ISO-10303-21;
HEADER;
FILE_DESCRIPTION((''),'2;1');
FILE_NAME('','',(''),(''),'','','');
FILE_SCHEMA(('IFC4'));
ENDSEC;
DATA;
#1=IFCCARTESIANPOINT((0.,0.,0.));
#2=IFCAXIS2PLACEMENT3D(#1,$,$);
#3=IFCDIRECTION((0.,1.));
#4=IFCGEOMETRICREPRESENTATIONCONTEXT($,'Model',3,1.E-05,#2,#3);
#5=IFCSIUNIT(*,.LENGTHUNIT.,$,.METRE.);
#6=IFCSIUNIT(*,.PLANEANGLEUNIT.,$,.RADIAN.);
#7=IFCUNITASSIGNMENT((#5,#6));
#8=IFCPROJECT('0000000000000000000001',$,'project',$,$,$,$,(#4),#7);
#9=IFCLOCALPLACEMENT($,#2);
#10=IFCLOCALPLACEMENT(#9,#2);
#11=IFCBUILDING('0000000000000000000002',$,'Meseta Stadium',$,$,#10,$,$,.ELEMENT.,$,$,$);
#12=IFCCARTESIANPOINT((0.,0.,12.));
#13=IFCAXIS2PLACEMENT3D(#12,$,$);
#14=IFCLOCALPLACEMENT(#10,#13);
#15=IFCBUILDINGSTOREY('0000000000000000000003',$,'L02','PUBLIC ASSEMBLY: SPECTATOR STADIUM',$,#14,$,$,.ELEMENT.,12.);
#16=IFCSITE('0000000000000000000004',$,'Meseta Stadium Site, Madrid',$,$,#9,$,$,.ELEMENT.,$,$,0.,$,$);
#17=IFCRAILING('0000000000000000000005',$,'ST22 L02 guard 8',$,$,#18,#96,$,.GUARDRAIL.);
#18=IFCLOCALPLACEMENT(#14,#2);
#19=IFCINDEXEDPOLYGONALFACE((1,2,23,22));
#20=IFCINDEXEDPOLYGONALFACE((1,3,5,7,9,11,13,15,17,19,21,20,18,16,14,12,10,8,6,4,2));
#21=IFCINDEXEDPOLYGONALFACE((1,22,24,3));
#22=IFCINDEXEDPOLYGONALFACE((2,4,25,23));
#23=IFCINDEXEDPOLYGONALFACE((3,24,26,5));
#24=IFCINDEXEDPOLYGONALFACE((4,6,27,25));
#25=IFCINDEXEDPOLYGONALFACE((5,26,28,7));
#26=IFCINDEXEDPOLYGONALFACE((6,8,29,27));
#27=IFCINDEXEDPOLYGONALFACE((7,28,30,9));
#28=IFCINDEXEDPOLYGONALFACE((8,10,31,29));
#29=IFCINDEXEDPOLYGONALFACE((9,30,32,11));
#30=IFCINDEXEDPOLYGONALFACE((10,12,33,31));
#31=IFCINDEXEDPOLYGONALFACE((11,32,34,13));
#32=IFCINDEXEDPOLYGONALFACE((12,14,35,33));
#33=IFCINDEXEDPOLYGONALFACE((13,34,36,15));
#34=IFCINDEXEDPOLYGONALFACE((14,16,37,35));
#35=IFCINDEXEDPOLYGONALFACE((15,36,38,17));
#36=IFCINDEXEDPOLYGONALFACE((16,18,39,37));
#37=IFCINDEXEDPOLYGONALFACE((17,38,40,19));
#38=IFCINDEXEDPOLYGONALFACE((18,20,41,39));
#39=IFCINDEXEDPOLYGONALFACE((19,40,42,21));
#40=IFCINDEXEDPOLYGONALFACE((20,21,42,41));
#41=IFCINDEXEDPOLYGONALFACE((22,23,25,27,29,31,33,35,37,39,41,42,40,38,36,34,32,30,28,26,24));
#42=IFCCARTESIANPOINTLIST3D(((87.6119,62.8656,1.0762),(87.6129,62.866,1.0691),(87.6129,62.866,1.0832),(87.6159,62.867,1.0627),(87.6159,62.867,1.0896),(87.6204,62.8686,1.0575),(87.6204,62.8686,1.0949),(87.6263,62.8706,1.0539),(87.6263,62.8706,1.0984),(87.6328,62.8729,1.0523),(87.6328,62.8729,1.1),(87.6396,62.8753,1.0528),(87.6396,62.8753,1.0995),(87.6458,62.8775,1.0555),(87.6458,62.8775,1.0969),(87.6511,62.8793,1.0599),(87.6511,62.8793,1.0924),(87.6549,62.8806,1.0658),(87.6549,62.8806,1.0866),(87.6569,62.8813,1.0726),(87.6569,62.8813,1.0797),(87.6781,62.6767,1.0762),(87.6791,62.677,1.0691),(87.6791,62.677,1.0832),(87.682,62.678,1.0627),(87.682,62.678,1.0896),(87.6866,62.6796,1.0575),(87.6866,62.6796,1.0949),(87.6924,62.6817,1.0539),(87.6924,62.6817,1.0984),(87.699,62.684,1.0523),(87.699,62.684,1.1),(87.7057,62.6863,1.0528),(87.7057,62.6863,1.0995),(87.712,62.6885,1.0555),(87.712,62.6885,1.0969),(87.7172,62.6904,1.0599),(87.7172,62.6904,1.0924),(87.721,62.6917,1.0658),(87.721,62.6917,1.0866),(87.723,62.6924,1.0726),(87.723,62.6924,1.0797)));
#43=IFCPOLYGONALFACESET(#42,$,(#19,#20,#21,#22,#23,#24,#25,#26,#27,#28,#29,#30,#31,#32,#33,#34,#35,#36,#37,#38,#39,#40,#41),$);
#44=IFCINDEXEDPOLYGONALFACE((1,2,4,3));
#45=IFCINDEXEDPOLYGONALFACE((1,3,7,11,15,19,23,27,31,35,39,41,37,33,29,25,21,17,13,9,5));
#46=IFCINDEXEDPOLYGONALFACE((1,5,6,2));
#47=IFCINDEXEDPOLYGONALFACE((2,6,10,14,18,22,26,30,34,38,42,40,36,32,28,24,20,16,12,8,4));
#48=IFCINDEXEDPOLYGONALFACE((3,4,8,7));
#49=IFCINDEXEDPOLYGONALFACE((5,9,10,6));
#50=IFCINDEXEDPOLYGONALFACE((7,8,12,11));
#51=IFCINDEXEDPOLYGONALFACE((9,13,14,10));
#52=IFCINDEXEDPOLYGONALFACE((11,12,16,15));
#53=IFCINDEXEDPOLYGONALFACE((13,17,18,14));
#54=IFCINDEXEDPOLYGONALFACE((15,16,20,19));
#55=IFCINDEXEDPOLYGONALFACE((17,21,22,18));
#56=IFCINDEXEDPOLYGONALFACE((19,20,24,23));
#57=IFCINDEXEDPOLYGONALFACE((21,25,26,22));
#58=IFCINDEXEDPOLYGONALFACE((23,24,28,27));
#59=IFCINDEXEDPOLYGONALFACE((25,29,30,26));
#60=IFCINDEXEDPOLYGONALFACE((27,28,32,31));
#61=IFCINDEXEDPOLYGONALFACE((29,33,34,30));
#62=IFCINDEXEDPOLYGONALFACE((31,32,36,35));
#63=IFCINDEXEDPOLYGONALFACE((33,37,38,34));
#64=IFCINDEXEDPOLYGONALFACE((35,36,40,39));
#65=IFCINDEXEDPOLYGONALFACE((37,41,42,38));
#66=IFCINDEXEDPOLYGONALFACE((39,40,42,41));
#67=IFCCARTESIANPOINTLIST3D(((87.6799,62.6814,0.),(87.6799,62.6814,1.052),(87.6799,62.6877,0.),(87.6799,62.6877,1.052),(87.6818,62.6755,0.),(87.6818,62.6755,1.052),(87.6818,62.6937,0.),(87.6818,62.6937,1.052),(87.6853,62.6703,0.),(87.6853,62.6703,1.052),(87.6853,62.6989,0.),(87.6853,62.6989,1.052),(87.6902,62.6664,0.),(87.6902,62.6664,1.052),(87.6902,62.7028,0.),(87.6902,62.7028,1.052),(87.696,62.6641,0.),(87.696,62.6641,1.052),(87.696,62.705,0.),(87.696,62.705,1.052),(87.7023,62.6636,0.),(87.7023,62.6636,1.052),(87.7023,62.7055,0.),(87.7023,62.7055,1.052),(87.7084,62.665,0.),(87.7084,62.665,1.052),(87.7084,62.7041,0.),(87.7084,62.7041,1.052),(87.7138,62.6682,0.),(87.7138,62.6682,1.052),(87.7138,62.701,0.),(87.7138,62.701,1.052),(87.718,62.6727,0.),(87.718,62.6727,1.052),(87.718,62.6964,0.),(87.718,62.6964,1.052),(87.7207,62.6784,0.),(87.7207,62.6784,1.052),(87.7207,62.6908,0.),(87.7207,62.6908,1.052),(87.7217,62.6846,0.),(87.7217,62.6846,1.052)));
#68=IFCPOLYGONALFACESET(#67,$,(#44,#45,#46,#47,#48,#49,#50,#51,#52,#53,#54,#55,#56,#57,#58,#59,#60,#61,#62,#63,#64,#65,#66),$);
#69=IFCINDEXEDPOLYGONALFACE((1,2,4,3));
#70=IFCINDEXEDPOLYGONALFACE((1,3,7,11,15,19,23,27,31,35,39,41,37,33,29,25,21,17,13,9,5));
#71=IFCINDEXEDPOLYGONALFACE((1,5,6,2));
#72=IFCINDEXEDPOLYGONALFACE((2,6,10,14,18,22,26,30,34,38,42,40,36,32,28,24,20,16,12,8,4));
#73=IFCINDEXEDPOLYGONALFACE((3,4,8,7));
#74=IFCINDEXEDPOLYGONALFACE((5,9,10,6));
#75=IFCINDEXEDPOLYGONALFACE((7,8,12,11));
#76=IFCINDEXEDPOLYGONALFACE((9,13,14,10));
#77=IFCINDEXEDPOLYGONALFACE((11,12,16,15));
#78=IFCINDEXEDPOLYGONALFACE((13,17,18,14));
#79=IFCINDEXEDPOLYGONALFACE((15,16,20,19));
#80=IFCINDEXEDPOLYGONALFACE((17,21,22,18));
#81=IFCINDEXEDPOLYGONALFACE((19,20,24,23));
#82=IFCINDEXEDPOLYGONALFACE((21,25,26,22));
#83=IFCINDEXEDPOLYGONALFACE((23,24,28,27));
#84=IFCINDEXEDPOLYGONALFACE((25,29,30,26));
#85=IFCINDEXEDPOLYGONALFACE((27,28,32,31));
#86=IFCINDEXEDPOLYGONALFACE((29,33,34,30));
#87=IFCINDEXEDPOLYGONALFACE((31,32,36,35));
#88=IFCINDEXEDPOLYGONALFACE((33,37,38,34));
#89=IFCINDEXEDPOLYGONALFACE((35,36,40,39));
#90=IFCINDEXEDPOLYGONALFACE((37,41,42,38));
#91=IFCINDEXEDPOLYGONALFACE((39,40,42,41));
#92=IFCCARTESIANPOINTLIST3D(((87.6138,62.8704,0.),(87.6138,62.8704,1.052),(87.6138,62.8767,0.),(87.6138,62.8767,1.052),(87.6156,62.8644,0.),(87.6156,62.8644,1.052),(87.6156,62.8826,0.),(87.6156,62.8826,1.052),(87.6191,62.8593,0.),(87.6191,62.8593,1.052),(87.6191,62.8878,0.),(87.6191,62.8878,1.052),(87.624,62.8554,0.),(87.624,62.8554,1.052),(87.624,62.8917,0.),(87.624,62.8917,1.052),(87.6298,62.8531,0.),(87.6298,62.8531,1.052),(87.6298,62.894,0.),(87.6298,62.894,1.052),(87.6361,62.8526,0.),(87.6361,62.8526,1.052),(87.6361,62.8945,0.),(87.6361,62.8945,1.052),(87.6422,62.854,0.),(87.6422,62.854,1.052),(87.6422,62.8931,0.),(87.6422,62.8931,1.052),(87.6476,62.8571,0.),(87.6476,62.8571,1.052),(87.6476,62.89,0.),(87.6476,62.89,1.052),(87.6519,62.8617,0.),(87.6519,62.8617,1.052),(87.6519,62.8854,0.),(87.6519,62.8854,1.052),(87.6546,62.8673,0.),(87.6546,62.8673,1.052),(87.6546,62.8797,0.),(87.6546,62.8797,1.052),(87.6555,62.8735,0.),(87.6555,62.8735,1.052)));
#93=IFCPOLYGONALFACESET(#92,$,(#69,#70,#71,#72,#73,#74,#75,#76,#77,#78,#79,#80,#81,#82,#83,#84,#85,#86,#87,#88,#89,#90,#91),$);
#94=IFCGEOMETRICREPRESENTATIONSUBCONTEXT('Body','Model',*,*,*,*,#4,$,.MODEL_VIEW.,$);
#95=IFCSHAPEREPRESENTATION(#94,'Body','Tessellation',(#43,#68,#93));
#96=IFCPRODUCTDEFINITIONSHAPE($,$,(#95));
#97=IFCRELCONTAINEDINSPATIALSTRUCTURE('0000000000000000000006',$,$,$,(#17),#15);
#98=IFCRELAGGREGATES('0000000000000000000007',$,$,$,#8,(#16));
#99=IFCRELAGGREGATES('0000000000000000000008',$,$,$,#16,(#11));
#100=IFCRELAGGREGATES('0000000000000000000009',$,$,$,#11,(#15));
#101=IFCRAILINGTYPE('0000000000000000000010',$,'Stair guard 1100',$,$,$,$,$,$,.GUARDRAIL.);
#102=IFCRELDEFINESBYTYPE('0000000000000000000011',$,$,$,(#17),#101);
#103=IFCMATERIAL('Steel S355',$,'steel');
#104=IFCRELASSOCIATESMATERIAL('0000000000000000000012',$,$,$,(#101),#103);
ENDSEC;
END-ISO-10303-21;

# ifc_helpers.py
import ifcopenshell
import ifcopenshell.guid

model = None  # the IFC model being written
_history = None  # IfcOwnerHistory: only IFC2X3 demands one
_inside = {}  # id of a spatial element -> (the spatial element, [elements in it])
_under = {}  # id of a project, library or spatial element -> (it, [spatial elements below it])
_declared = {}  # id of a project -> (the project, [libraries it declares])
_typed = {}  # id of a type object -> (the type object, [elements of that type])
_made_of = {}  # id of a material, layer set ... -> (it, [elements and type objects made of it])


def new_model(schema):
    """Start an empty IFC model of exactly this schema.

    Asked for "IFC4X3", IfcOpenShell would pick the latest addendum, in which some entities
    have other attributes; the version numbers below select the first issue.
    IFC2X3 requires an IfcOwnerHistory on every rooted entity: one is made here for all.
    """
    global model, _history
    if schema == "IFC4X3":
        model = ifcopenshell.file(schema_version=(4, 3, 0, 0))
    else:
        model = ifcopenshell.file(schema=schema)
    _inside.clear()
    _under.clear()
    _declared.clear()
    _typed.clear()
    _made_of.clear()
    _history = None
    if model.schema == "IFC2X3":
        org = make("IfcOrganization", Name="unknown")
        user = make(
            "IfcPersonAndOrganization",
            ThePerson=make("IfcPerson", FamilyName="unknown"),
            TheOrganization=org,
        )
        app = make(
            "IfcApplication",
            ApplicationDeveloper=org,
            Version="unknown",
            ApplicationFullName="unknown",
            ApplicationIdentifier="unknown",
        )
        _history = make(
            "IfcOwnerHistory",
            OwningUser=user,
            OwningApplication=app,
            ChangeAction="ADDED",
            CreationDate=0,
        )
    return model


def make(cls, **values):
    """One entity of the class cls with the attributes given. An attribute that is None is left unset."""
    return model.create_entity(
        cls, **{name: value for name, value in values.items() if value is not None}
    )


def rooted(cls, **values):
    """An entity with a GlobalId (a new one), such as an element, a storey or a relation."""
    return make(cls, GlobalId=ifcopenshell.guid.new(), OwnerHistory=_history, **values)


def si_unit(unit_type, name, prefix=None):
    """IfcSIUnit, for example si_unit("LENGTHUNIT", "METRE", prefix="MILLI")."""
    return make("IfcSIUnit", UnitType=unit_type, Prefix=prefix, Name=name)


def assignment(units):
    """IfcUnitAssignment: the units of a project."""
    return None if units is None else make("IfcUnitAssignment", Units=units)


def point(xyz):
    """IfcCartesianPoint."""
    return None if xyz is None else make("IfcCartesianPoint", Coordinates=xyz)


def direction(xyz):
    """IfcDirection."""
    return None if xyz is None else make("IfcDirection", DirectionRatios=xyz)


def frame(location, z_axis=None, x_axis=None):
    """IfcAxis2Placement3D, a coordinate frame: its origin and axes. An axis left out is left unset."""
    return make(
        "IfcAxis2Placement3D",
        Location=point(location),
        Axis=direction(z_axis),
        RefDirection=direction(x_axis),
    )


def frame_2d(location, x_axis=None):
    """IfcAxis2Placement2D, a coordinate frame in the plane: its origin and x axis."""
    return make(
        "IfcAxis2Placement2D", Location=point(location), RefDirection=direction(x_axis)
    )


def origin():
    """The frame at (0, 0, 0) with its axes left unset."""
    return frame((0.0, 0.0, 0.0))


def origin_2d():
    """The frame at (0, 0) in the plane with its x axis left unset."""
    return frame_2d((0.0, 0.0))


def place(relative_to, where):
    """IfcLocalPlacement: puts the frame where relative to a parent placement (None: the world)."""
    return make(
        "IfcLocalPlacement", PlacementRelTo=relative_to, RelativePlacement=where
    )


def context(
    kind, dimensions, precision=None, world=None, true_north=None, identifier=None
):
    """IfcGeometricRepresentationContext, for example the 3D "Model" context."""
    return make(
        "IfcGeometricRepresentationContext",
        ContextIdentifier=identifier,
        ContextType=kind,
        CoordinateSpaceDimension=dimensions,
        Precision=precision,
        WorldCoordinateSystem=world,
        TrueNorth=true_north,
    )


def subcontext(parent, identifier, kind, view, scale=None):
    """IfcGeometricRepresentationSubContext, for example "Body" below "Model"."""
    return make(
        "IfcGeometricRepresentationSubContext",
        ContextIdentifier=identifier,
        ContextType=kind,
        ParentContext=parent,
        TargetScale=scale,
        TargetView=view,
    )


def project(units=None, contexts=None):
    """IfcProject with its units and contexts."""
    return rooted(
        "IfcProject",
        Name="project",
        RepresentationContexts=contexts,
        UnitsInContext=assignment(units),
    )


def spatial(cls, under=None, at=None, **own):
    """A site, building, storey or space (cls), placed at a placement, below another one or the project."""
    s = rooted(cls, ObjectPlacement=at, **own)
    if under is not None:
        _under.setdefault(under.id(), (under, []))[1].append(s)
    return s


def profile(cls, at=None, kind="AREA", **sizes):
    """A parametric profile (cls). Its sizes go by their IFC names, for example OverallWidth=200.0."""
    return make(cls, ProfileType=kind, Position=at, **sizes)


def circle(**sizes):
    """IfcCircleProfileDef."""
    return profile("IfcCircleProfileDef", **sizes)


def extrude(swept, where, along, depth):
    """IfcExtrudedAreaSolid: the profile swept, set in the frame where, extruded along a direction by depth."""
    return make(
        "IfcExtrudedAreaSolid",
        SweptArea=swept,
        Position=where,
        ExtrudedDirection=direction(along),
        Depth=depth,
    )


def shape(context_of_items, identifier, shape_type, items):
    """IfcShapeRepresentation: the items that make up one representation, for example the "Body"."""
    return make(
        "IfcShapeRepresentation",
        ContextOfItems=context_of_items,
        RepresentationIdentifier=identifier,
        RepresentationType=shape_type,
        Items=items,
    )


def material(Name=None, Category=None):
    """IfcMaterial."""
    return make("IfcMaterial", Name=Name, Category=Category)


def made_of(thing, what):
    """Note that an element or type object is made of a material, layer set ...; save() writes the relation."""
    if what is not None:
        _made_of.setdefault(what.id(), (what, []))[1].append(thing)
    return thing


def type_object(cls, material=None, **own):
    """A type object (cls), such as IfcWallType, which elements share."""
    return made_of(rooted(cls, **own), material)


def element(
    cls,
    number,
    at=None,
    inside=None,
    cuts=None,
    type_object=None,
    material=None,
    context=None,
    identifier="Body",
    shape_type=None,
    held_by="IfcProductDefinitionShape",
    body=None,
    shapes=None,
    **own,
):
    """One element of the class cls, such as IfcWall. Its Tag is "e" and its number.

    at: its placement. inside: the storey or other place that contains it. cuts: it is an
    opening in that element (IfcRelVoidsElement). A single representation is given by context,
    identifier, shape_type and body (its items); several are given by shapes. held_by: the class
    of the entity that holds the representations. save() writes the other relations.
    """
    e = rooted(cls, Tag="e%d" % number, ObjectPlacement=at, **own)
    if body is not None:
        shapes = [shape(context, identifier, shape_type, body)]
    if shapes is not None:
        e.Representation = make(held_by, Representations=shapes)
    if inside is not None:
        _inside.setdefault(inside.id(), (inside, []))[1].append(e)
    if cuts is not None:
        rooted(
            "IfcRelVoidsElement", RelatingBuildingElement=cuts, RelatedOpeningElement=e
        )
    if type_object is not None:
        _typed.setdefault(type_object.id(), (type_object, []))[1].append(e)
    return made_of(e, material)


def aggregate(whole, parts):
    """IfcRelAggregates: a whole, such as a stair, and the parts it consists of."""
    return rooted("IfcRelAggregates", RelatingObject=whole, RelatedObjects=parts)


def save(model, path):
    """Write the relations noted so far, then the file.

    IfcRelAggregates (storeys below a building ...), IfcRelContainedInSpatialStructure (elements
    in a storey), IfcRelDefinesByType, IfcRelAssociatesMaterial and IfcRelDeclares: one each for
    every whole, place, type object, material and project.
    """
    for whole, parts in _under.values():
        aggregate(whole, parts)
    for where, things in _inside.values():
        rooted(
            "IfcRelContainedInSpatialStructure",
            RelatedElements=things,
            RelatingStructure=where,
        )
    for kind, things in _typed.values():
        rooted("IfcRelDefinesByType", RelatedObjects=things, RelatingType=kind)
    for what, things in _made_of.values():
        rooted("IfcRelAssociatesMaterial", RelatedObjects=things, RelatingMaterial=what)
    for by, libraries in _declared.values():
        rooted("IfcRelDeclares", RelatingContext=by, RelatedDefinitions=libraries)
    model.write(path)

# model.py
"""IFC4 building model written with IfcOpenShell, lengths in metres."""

from ifc_helpers import new_model, si_unit, direction, frame, origin, origin_2d, place, context, subcontext, project, spatial, circle, extrude, material, type_object, element, save


model = new_model("IFC4")

# Units and contexts
model_context = context("Model", 3, precision=1e-05, world=origin(), true_north=direction((0.0, 1.0)))
body_context = subcontext(model_context, "Body", "Model", "MODEL_VIEW")
ifc_project = project(units=[si_unit("LENGTHUNIT", "METRE"), si_unit("PLANEANGLEUNIT", "RADIAN")], contexts=[model_context])

# Site, building, storey
site_placement = place(None, origin())
site = spatial("IfcSite", under=ifc_project, at=site_placement, Name="Meseta Stadium Site, Madrid", CompositionType="ELEMENT", RefElevation=0.0)
building_placement = place(site_placement, origin())
building = spatial("IfcBuilding", under=site, at=building_placement, Name="Meseta Stadium", CompositionType="ELEMENT")
storey_placement = place(building_placement, frame((0.0, 0.0, 12.0)))
storey = spatial("IfcBuildingStorey", under=building, at=storey_placement, Name="L02", Description="PUBLIC ASSEMBLY: SPECTATOR STADIUM", CompositionType="ELEMENT", Elevation=12.0)

# Railing
ifc_material_1 = material(Name="Steel S355", Category="steel")
railing_type_1 = type_object("IfcRailingType", Name="Stair guard 1100", PredefinedType="GUARDRAIL", material=ifc_material_1)
railing_1_placement = place(storey_placement, frame((87.7007, 62.6846, 0.0)))
element("IfcRailing", 1, at=railing_1_placement, inside=storey, type_object=railing_type_1, Name="ST22 L02 guard 8", PredefinedType="GUARDRAIL", context=body_context, shape_type="SweptSolid", body=[
    extrude(circle(Radius=0.0239, at=origin_2d()), frame((0.0, 0.0, 1.0762), z_axis=(-0.330459, 0.94382, 0.0), x_axis=(-0.94382, -0.330459, 0.0)), (0.0, 0.0, 1.0), 0.2002),
    extrude(circle(Radius=0.021, at=origin_2d()), origin(), (0.0, 0.0, 1.0), 1.052),
    extrude(circle(Radius=0.021, at=origin_2d()), frame((-0.0662, 0.189, 0.0)), (0.0, 0.0, 1.0), 1.052),
])

save(model, "model.ifc")
